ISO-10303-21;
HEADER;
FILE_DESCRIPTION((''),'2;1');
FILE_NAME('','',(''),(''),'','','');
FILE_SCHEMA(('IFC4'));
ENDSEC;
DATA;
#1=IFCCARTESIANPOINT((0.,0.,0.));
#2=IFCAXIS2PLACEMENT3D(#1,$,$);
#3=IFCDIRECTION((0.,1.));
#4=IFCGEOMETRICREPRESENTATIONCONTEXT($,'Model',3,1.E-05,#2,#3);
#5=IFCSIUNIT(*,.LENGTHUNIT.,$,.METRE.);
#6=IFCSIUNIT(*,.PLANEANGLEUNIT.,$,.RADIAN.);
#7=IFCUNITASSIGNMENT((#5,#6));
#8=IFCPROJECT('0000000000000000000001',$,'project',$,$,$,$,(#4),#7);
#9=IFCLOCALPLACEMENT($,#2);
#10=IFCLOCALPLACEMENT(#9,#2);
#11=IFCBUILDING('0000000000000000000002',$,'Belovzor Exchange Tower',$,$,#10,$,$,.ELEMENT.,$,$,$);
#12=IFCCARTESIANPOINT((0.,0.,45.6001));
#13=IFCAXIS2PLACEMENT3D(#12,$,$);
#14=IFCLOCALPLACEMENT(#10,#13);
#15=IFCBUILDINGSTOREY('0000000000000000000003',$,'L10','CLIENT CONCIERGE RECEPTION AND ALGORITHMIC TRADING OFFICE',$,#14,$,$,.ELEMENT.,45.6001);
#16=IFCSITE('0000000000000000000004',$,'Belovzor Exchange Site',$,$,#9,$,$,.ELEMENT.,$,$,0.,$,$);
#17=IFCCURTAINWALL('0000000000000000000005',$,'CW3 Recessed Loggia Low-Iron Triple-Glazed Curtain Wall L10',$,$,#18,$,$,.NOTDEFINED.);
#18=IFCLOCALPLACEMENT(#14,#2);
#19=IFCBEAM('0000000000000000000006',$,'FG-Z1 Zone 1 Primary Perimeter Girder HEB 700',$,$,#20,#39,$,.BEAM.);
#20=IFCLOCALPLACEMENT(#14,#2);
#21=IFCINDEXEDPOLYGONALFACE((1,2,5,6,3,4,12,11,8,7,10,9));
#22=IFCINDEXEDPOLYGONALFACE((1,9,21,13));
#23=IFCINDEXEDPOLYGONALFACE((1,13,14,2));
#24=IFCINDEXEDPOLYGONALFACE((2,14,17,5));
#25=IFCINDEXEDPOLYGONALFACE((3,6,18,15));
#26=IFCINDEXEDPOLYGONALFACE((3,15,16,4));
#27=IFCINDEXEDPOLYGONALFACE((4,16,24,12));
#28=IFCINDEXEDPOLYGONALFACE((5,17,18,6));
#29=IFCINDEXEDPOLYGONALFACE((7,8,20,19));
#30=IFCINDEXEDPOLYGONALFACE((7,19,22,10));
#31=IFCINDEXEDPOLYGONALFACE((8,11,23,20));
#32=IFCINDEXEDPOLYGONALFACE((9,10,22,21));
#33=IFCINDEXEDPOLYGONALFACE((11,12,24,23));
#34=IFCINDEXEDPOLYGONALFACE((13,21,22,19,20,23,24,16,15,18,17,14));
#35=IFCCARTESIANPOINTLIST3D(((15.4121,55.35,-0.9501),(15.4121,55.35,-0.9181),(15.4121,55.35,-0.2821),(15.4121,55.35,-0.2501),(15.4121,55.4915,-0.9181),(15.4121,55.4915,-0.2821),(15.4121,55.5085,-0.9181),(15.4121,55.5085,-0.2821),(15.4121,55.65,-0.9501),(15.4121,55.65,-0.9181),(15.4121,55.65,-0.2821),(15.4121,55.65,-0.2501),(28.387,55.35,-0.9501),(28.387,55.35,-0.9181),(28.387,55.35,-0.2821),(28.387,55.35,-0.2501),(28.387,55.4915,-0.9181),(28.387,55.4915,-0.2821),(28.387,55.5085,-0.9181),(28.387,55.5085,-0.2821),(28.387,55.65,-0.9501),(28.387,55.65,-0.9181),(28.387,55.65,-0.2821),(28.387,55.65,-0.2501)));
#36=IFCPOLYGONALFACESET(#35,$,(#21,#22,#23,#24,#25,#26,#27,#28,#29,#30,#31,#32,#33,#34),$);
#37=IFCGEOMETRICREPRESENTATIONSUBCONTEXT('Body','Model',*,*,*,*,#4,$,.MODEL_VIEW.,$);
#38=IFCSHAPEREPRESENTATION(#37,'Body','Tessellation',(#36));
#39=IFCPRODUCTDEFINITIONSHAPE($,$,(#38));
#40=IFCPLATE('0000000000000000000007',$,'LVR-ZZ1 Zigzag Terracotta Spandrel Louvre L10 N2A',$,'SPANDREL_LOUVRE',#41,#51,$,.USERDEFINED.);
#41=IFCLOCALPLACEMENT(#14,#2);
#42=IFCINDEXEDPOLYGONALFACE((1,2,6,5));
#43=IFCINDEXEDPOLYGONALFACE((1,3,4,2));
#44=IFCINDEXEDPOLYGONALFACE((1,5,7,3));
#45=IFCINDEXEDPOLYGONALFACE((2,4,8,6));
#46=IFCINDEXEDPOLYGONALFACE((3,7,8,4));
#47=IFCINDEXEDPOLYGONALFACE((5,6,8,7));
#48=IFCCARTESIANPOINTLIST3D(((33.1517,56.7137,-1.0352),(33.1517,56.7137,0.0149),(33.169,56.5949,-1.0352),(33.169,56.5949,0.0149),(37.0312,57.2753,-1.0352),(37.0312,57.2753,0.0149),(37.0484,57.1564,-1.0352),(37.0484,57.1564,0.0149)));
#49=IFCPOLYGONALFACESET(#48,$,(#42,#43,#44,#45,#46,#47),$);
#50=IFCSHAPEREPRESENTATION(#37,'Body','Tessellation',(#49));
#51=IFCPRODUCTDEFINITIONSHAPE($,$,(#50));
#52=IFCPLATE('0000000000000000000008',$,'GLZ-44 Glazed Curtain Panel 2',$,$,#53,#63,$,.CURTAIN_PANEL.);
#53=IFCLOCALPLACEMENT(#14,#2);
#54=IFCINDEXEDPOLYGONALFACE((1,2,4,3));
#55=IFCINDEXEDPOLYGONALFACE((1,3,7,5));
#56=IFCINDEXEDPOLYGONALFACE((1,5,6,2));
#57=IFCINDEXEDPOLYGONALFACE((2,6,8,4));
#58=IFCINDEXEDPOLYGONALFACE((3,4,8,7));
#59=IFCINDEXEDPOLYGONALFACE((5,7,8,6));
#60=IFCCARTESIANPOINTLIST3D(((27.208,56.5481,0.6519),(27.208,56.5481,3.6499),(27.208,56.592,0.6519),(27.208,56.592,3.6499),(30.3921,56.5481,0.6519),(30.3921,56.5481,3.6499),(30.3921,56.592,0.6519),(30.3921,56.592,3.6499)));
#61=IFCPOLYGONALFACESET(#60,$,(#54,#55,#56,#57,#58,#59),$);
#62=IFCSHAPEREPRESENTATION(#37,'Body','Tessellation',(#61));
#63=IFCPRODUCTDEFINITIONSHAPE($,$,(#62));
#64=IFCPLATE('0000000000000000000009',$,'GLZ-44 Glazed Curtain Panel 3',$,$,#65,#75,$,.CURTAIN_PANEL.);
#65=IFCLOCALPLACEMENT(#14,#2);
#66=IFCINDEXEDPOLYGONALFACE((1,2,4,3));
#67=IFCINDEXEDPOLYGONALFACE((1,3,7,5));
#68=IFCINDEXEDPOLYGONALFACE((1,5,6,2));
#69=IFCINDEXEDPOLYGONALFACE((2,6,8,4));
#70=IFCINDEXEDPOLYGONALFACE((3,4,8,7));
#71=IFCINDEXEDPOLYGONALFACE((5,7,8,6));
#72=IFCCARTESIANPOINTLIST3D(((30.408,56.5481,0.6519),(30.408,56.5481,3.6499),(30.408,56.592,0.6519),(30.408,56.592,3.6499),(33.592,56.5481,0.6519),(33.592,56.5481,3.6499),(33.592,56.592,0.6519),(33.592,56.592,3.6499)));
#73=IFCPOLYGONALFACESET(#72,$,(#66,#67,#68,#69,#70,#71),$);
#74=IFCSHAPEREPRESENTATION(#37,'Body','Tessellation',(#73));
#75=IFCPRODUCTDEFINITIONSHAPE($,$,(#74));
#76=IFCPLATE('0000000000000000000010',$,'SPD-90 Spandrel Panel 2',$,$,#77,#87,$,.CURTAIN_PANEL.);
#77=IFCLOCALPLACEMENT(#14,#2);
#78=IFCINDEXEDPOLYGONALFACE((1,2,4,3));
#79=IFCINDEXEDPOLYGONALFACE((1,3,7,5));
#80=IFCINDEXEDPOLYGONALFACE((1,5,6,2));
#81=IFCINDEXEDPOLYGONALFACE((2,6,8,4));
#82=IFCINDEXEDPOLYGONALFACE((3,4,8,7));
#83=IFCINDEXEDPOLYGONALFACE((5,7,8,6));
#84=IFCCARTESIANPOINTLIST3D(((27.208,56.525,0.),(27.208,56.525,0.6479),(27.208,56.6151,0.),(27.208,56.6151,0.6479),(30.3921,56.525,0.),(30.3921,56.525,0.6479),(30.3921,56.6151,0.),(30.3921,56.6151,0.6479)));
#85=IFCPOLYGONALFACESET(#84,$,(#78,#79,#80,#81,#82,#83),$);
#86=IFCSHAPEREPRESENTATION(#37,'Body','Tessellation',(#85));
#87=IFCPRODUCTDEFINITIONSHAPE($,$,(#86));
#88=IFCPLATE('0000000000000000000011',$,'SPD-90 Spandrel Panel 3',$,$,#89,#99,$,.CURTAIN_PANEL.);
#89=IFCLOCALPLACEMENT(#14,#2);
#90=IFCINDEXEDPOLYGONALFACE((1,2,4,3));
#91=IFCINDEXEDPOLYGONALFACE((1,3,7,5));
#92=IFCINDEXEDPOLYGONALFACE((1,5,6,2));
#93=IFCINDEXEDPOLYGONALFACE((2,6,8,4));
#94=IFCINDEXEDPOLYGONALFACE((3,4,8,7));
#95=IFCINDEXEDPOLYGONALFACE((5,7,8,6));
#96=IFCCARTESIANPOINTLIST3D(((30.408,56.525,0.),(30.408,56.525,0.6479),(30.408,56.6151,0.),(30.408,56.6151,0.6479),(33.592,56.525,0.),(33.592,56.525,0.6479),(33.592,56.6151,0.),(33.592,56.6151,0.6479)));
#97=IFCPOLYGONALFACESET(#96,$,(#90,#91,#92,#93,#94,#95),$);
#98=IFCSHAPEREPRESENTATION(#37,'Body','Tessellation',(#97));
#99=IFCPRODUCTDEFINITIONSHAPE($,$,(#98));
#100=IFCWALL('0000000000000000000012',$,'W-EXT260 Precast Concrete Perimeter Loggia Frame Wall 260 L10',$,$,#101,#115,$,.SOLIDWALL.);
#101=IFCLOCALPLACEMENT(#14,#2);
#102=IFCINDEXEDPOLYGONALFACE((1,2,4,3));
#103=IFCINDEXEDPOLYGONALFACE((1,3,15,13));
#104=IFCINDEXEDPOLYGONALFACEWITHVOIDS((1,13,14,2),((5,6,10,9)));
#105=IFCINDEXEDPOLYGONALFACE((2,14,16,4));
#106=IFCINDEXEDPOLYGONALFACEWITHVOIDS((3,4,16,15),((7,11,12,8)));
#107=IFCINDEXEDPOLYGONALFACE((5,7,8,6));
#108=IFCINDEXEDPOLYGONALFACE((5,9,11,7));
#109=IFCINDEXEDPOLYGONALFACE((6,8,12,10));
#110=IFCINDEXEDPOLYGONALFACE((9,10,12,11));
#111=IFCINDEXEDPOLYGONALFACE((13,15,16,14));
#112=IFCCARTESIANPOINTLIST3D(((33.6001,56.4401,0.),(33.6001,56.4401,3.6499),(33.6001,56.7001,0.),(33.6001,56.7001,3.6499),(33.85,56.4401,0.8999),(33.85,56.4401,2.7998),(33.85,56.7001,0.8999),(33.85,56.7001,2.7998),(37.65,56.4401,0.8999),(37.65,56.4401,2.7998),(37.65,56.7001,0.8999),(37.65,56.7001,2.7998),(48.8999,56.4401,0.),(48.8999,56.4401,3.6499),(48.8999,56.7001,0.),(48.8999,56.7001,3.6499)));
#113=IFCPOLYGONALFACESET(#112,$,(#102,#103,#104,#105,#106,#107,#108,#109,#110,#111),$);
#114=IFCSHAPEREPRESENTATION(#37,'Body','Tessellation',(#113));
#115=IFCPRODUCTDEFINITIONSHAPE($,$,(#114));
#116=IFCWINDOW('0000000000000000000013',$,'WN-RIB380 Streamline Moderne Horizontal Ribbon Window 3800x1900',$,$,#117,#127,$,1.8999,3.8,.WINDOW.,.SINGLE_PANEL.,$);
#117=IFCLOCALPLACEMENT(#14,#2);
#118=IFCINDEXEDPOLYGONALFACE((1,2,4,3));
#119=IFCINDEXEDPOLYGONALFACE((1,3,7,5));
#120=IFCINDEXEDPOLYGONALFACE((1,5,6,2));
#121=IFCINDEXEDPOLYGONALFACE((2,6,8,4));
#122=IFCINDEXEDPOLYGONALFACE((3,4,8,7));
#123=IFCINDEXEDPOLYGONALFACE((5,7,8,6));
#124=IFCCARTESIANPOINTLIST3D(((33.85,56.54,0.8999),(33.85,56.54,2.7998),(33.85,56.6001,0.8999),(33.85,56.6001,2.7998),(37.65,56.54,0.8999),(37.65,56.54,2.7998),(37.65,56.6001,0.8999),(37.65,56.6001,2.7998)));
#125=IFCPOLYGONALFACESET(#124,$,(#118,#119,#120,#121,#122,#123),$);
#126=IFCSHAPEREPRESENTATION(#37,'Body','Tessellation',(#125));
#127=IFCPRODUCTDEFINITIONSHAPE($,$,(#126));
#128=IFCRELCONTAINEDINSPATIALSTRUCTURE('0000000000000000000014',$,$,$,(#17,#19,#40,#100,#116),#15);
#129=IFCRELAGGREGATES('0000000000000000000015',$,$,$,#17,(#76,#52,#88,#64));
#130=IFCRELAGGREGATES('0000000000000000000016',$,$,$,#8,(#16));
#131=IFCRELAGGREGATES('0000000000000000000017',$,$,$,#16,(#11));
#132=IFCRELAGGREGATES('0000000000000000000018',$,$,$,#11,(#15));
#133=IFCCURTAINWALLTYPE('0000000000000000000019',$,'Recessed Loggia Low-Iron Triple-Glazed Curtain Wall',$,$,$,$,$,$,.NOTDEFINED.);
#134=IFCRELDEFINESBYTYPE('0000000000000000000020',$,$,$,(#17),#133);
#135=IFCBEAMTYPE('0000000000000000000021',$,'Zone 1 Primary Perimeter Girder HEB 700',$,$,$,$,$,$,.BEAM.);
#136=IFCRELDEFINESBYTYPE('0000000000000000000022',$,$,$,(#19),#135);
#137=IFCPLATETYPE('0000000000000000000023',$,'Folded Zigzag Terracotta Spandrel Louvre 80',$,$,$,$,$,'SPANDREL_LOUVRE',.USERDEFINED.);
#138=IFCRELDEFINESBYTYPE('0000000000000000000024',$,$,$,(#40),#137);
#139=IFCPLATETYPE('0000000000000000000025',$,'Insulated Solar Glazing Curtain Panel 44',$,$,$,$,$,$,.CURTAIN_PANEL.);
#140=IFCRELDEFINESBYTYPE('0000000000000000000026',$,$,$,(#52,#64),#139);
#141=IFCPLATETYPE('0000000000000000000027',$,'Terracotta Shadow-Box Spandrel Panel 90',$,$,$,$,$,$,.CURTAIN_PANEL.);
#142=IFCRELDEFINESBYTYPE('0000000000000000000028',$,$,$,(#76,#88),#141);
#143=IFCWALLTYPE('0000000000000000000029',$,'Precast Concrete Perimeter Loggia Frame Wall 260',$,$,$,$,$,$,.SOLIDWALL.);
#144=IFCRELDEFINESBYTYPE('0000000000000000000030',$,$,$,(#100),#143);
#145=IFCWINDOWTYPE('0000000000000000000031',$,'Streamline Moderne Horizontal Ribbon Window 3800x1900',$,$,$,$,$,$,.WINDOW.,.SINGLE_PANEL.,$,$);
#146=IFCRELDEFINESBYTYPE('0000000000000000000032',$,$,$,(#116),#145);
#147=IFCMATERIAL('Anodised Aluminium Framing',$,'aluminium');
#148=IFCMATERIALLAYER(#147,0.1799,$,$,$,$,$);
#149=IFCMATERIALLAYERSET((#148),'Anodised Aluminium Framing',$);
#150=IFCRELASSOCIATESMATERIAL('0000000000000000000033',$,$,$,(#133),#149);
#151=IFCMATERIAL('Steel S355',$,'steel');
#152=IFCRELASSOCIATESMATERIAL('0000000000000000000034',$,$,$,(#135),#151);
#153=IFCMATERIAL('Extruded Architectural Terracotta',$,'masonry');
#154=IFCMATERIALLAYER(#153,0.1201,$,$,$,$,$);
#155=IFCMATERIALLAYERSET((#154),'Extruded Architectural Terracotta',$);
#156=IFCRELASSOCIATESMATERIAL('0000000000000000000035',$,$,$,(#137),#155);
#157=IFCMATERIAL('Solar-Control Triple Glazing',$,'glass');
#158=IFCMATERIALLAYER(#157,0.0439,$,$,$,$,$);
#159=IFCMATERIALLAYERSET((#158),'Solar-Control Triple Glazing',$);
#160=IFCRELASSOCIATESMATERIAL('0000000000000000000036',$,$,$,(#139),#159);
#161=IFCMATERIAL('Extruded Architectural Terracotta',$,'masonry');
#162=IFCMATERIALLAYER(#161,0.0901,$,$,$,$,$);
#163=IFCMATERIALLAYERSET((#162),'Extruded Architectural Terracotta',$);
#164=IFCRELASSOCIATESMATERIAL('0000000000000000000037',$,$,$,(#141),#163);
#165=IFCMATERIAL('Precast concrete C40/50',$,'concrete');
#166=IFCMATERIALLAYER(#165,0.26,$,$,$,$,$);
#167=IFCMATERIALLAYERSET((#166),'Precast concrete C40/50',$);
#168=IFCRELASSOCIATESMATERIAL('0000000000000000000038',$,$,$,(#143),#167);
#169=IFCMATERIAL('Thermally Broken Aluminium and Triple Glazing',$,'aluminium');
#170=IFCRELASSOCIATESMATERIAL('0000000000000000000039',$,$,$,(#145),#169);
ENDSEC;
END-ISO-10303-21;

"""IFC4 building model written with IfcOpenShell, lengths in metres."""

from ifc_helpers import new_model, si_unit, direction, frame, frame_2d, origin, origin_2d, place, context, subcontext, project, spatial, rectangle, i_section, extrude, material, layer, layer_set, material_profile, profile_set, type_object, element, fill, aggregate, save


model = new_model("IFC4")

# Units and contexts
model_context = context("Model", 3, precision=1e-05, world=origin(), true_north=direction((0.0, 1.0)))
body_context = subcontext(model_context, "Body", "Model", "MODEL_VIEW")
ifc_project = project(units=[si_unit("LENGTHUNIT", "METRE"), si_unit("PLANEANGLEUNIT", "RADIAN")], contexts=[model_context])

# Site, building, storey
site_placement = place(None, origin())
site = spatial("IfcSite", under=ifc_project, at=site_placement, Name="Belovzor Exchange Site", CompositionType="ELEMENT", RefElevation=0.0)
building_placement = place(site_placement, origin())
building = spatial("IfcBuilding", under=site, at=building_placement, Name="Belovzor Exchange Tower", CompositionType="ELEMENT")
storey_placement = place(building_placement, frame((0.0, 0.0, 45.6001)))
storey = spatial("IfcBuildingStorey", under=building, at=storey_placement, Name="L10", Description="CLIENT CONCIERGE RECEPTION AND ALGORITHMIC TRADING OFFICE", CompositionType="ELEMENT", Elevation=45.6001)

# Curtain wall
ifc_material_1 = material(Name="Anodised Aluminium Framing", Category="aluminium")
ifc_layer_1 = layer(ifc_material_1, 0.1799)
ifc_layer_set_1 = layer_set([ifc_layer_1], Name="Anodised Aluminium Framing")
curtain_wall_type = type_object("IfcCurtainWallType", Name="Recessed Loggia Low-Iron Triple-Glazed Curtain Wall", PredefinedType="NOTDEFINED", material=ifc_layer_set_1)
curtain_wall_placement = place(storey_placement, origin())
curtain_wall = element("IfcCurtainWall", 1, at=curtain_wall_placement, inside=storey, type_object=curtain_wall_type, Name="CW3 Recessed Loggia Low-Iron Triple-Glazed Curtain Wall L10", PredefinedType="NOTDEFINED")

# Beam
ifc_material_2 = material(Name="Steel S355", Category="steel")
ifc_material_profile_1 = material_profile(ifc_material_2, i_section(OverallWidth=0.3, OverallDepth=0.7, WebThickness=0.0171, FlangeThickness=0.032, at=origin_2d()))
ifc_profile_set_1 = profile_set([ifc_material_profile_1], Name="Steel S355")
beam_type_1 = type_object("IfcBeamType", Name="Zone 1 Primary Perimeter Girder HEB 700", PredefinedType="BEAM", material=ifc_profile_set_1)
beam_1_placement = place(storey_placement, frame((28.387, 55.5, -0.6001), z_axis=(-1.0, 0.0, 0.0), x_axis=(0.0, -1.0, 0.0)))
element("IfcBeam", 2, at=beam_1_placement, inside=storey, type_object=beam_type_1, Name="FG-Z1 Zone 1 Primary Perimeter Girder HEB 700", PredefinedType="BEAM", context=body_context, shape_type="SweptSolid", body=[
    extrude(i_section(OverallWidth=0.3, OverallDepth=0.7, WebThickness=0.0171, FlangeThickness=0.032, at=origin_2d()), origin(), (0.0, 0.0, 1.0), 12.9749),
])

# Plates
ifc_material_3 = material(Name="Extruded Architectural Terracotta", Category="masonry")
ifc_layer_2 = layer(ifc_material_3, 0.1201)
ifc_layer_set_2 = layer_set([ifc_layer_2], Name="Extruded Architectural Terracotta")
plate_type_1 = type_object("IfcPlateType", Name="Folded Zigzag Terracotta Spandrel Louvre 80", ElementType="SPANDREL_LOUVRE", PredefinedType="USERDEFINED", material=ifc_layer_set_2)
plate_1_placement = place(storey_placement, frame((35.1001, 56.9351, -1.0352), z_axis=(0.0, 0.0, 1.0), x_axis=(0.989686, 0.143251, 0.0)))
element("IfcPlate", 3, at=plate_1_placement, inside=storey, type_object=plate_type_1, Name="LVR-ZZ1 Zigzag Terracotta Spandrel Louvre L10 N2A", ObjectType="SPANDREL_LOUVRE", PredefinedType="USERDEFINED", context=body_context, shape_type="SweptSolid", body=[
    extrude(rectangle(XDim=3.9199, YDim=0.1201, at=origin_2d()), origin(), (0.0, 0.0, 1.0), 1.05),
])
ifc_material_4 = material(Name="Solar-Control Triple Glazing", Category="glass")
ifc_layer_3 = layer(ifc_material_4, 0.0439)
ifc_layer_set_3 = layer_set([ifc_layer_3], Name="Solar-Control Triple Glazing")
plate_type_2 = type_object("IfcPlateType", Name="Insulated Solar Glazing Curtain Panel 44", PredefinedType="CURTAIN_PANEL", material=ifc_layer_set_3)
plate_2_placement = place(storey_placement, frame((28.8, 56.5701, 0.6519), z_axis=(0.0, 0.0, 1.0), x_axis=(1.0, 0.0, 0.0)))
plate_2 = element("IfcPlate", 4, at=plate_2_placement, type_object=plate_type_2, Name="GLZ-44 Glazed Curtain Panel 2", PredefinedType="CURTAIN_PANEL", context=body_context, shape_type="SweptSolid", body=[
    extrude(rectangle(XDim=3.1841, YDim=0.0439, at=origin_2d()), origin(), (0.0, 0.0, 1.0), 2.998),
])
plate_3_placement = place(storey_placement, frame((32.0, 56.5701, 0.6519), z_axis=(0.0, 0.0, 1.0), x_axis=(1.0, 0.0, 0.0)))
plate_3 = element("IfcPlate", 5, at=plate_3_placement, type_object=plate_type_2, Name="GLZ-44 Glazed Curtain Panel 3", PredefinedType="CURTAIN_PANEL", context=body_context, shape_type="SweptSolid", body=[
    extrude(rectangle(XDim=3.1841, YDim=0.0439, at=origin_2d()), origin(), (0.0, 0.0, 1.0), 2.998),
])
ifc_material_5 = material(Name="Extruded Architectural Terracotta", Category="masonry")
ifc_layer_4 = layer(ifc_material_5, 0.0901)
ifc_layer_set_4 = layer_set([ifc_layer_4], Name="Extruded Architectural Terracotta")
plate_type_3 = type_object("IfcPlateType", Name="Terracotta Shadow-Box Spandrel Panel 90", PredefinedType="CURTAIN_PANEL", material=ifc_layer_set_4)
plate_4_placement = place(storey_placement, frame((28.8, 56.5701, 0.0), z_axis=(0.0, 0.0, 1.0), x_axis=(1.0, 0.0, 0.0)))
plate_4 = element("IfcPlate", 6, at=plate_4_placement, type_object=plate_type_3, Name="SPD-90 Spandrel Panel 2", PredefinedType="CURTAIN_PANEL", context=body_context, shape_type="SweptSolid", body=[
    extrude(rectangle(XDim=3.1841, YDim=0.0901, at=origin_2d()), origin(), (0.0, 0.0, 1.0), 0.6479),
])
plate_5_placement = place(storey_placement, frame((32.0, 56.5701, 0.0), z_axis=(0.0, 0.0, 1.0), x_axis=(1.0, 0.0, 0.0)))
plate_5 = element("IfcPlate", 7, at=plate_5_placement, type_object=plate_type_3, Name="SPD-90 Spandrel Panel 3", PredefinedType="CURTAIN_PANEL", context=body_context, shape_type="SweptSolid", body=[
    extrude(rectangle(XDim=3.1841, YDim=0.0901, at=origin_2d()), origin(), (0.0, 0.0, 1.0), 0.6479),
])
aggregate(curtain_wall, [plate_4, plate_2, plate_5, plate_3])

# Wall, opening, window
ifc_material_6 = material(Name="Precast concrete C40/50", Category="concrete")
ifc_layer_5 = layer(ifc_material_6, 0.26)
ifc_layer_set_5 = layer_set([ifc_layer_5], Name="Precast concrete C40/50")
wall_type = type_object("IfcWallType", Name="Precast Concrete Perimeter Loggia Frame Wall 260", PredefinedType="SOLIDWALL", material=ifc_layer_set_5)
wall_placement = place(storey_placement, frame((33.6001, 56.5701, 0.0), z_axis=(0.0, 0.0, 1.0), x_axis=(1.0, 0.0, 0.0)))
wall = element("IfcWall", 8, at=wall_placement, inside=storey, type_object=wall_type, Name="W-EXT260 Precast Concrete Perimeter Loggia Frame Wall 260 L10", PredefinedType="SOLIDWALL", context=body_context, shape_type="SweptSolid", body=[
    extrude(rectangle(XDim=15.2998, YDim=0.26, at=frame_2d((7.6499, 0.0))), origin(), (0.0, 0.0, 1.0), 3.6499),
])
opening_placement = place(wall_placement, frame((0.25, 0.0, 0.8999)))
opening = element("IfcOpeningElement", 9, at=opening_placement, cuts=wall, PredefinedType="OPENING", context=body_context, shape_type="SweptSolid", body=[
    extrude(rectangle(XDim=3.8, YDim=1.8999, at=frame_2d((1.8999, 0.95))), frame((0.0, 0.1399, 0.0), z_axis=(0.0, -1.0, 0.0), x_axis=(1.0, 0.0, 0.0)), (0.0, 0.0, 1.0), 0.28),
])
ifc_material_7 = material(Name="Thermally Broken Aluminium and Triple Glazing", Category="aluminium")
window_type = type_object("IfcWindowType", Name="Streamline Moderne Horizontal Ribbon Window 3800x1900", PartitioningType="SINGLE_PANEL", PredefinedType="WINDOW", material=ifc_material_7)
window_placement = place(opening_placement, origin())
window = element("IfcWindow", 10, at=window_placement, inside=storey, type_object=window_type, Name="WN-RIB380 Streamline Moderne Horizontal Ribbon Window 3800x1900", OverallHeight=1.8999, OverallWidth=3.8, PartitioningType="SINGLE_PANEL", PredefinedType="WINDOW", context=body_context, shape_type="SweptSolid", body=[
    extrude(rectangle(XDim=3.8, YDim=1.8999, at=frame_2d((1.8999, 0.95))), frame((0.0, 0.03, 0.0), z_axis=(0.0, -1.0, 0.0), x_axis=(1.0, 0.0, 0.0)), (0.0, 0.0, 1.0), 0.0601),
])
fill(opening, window)

save(model, "model.ifc")
